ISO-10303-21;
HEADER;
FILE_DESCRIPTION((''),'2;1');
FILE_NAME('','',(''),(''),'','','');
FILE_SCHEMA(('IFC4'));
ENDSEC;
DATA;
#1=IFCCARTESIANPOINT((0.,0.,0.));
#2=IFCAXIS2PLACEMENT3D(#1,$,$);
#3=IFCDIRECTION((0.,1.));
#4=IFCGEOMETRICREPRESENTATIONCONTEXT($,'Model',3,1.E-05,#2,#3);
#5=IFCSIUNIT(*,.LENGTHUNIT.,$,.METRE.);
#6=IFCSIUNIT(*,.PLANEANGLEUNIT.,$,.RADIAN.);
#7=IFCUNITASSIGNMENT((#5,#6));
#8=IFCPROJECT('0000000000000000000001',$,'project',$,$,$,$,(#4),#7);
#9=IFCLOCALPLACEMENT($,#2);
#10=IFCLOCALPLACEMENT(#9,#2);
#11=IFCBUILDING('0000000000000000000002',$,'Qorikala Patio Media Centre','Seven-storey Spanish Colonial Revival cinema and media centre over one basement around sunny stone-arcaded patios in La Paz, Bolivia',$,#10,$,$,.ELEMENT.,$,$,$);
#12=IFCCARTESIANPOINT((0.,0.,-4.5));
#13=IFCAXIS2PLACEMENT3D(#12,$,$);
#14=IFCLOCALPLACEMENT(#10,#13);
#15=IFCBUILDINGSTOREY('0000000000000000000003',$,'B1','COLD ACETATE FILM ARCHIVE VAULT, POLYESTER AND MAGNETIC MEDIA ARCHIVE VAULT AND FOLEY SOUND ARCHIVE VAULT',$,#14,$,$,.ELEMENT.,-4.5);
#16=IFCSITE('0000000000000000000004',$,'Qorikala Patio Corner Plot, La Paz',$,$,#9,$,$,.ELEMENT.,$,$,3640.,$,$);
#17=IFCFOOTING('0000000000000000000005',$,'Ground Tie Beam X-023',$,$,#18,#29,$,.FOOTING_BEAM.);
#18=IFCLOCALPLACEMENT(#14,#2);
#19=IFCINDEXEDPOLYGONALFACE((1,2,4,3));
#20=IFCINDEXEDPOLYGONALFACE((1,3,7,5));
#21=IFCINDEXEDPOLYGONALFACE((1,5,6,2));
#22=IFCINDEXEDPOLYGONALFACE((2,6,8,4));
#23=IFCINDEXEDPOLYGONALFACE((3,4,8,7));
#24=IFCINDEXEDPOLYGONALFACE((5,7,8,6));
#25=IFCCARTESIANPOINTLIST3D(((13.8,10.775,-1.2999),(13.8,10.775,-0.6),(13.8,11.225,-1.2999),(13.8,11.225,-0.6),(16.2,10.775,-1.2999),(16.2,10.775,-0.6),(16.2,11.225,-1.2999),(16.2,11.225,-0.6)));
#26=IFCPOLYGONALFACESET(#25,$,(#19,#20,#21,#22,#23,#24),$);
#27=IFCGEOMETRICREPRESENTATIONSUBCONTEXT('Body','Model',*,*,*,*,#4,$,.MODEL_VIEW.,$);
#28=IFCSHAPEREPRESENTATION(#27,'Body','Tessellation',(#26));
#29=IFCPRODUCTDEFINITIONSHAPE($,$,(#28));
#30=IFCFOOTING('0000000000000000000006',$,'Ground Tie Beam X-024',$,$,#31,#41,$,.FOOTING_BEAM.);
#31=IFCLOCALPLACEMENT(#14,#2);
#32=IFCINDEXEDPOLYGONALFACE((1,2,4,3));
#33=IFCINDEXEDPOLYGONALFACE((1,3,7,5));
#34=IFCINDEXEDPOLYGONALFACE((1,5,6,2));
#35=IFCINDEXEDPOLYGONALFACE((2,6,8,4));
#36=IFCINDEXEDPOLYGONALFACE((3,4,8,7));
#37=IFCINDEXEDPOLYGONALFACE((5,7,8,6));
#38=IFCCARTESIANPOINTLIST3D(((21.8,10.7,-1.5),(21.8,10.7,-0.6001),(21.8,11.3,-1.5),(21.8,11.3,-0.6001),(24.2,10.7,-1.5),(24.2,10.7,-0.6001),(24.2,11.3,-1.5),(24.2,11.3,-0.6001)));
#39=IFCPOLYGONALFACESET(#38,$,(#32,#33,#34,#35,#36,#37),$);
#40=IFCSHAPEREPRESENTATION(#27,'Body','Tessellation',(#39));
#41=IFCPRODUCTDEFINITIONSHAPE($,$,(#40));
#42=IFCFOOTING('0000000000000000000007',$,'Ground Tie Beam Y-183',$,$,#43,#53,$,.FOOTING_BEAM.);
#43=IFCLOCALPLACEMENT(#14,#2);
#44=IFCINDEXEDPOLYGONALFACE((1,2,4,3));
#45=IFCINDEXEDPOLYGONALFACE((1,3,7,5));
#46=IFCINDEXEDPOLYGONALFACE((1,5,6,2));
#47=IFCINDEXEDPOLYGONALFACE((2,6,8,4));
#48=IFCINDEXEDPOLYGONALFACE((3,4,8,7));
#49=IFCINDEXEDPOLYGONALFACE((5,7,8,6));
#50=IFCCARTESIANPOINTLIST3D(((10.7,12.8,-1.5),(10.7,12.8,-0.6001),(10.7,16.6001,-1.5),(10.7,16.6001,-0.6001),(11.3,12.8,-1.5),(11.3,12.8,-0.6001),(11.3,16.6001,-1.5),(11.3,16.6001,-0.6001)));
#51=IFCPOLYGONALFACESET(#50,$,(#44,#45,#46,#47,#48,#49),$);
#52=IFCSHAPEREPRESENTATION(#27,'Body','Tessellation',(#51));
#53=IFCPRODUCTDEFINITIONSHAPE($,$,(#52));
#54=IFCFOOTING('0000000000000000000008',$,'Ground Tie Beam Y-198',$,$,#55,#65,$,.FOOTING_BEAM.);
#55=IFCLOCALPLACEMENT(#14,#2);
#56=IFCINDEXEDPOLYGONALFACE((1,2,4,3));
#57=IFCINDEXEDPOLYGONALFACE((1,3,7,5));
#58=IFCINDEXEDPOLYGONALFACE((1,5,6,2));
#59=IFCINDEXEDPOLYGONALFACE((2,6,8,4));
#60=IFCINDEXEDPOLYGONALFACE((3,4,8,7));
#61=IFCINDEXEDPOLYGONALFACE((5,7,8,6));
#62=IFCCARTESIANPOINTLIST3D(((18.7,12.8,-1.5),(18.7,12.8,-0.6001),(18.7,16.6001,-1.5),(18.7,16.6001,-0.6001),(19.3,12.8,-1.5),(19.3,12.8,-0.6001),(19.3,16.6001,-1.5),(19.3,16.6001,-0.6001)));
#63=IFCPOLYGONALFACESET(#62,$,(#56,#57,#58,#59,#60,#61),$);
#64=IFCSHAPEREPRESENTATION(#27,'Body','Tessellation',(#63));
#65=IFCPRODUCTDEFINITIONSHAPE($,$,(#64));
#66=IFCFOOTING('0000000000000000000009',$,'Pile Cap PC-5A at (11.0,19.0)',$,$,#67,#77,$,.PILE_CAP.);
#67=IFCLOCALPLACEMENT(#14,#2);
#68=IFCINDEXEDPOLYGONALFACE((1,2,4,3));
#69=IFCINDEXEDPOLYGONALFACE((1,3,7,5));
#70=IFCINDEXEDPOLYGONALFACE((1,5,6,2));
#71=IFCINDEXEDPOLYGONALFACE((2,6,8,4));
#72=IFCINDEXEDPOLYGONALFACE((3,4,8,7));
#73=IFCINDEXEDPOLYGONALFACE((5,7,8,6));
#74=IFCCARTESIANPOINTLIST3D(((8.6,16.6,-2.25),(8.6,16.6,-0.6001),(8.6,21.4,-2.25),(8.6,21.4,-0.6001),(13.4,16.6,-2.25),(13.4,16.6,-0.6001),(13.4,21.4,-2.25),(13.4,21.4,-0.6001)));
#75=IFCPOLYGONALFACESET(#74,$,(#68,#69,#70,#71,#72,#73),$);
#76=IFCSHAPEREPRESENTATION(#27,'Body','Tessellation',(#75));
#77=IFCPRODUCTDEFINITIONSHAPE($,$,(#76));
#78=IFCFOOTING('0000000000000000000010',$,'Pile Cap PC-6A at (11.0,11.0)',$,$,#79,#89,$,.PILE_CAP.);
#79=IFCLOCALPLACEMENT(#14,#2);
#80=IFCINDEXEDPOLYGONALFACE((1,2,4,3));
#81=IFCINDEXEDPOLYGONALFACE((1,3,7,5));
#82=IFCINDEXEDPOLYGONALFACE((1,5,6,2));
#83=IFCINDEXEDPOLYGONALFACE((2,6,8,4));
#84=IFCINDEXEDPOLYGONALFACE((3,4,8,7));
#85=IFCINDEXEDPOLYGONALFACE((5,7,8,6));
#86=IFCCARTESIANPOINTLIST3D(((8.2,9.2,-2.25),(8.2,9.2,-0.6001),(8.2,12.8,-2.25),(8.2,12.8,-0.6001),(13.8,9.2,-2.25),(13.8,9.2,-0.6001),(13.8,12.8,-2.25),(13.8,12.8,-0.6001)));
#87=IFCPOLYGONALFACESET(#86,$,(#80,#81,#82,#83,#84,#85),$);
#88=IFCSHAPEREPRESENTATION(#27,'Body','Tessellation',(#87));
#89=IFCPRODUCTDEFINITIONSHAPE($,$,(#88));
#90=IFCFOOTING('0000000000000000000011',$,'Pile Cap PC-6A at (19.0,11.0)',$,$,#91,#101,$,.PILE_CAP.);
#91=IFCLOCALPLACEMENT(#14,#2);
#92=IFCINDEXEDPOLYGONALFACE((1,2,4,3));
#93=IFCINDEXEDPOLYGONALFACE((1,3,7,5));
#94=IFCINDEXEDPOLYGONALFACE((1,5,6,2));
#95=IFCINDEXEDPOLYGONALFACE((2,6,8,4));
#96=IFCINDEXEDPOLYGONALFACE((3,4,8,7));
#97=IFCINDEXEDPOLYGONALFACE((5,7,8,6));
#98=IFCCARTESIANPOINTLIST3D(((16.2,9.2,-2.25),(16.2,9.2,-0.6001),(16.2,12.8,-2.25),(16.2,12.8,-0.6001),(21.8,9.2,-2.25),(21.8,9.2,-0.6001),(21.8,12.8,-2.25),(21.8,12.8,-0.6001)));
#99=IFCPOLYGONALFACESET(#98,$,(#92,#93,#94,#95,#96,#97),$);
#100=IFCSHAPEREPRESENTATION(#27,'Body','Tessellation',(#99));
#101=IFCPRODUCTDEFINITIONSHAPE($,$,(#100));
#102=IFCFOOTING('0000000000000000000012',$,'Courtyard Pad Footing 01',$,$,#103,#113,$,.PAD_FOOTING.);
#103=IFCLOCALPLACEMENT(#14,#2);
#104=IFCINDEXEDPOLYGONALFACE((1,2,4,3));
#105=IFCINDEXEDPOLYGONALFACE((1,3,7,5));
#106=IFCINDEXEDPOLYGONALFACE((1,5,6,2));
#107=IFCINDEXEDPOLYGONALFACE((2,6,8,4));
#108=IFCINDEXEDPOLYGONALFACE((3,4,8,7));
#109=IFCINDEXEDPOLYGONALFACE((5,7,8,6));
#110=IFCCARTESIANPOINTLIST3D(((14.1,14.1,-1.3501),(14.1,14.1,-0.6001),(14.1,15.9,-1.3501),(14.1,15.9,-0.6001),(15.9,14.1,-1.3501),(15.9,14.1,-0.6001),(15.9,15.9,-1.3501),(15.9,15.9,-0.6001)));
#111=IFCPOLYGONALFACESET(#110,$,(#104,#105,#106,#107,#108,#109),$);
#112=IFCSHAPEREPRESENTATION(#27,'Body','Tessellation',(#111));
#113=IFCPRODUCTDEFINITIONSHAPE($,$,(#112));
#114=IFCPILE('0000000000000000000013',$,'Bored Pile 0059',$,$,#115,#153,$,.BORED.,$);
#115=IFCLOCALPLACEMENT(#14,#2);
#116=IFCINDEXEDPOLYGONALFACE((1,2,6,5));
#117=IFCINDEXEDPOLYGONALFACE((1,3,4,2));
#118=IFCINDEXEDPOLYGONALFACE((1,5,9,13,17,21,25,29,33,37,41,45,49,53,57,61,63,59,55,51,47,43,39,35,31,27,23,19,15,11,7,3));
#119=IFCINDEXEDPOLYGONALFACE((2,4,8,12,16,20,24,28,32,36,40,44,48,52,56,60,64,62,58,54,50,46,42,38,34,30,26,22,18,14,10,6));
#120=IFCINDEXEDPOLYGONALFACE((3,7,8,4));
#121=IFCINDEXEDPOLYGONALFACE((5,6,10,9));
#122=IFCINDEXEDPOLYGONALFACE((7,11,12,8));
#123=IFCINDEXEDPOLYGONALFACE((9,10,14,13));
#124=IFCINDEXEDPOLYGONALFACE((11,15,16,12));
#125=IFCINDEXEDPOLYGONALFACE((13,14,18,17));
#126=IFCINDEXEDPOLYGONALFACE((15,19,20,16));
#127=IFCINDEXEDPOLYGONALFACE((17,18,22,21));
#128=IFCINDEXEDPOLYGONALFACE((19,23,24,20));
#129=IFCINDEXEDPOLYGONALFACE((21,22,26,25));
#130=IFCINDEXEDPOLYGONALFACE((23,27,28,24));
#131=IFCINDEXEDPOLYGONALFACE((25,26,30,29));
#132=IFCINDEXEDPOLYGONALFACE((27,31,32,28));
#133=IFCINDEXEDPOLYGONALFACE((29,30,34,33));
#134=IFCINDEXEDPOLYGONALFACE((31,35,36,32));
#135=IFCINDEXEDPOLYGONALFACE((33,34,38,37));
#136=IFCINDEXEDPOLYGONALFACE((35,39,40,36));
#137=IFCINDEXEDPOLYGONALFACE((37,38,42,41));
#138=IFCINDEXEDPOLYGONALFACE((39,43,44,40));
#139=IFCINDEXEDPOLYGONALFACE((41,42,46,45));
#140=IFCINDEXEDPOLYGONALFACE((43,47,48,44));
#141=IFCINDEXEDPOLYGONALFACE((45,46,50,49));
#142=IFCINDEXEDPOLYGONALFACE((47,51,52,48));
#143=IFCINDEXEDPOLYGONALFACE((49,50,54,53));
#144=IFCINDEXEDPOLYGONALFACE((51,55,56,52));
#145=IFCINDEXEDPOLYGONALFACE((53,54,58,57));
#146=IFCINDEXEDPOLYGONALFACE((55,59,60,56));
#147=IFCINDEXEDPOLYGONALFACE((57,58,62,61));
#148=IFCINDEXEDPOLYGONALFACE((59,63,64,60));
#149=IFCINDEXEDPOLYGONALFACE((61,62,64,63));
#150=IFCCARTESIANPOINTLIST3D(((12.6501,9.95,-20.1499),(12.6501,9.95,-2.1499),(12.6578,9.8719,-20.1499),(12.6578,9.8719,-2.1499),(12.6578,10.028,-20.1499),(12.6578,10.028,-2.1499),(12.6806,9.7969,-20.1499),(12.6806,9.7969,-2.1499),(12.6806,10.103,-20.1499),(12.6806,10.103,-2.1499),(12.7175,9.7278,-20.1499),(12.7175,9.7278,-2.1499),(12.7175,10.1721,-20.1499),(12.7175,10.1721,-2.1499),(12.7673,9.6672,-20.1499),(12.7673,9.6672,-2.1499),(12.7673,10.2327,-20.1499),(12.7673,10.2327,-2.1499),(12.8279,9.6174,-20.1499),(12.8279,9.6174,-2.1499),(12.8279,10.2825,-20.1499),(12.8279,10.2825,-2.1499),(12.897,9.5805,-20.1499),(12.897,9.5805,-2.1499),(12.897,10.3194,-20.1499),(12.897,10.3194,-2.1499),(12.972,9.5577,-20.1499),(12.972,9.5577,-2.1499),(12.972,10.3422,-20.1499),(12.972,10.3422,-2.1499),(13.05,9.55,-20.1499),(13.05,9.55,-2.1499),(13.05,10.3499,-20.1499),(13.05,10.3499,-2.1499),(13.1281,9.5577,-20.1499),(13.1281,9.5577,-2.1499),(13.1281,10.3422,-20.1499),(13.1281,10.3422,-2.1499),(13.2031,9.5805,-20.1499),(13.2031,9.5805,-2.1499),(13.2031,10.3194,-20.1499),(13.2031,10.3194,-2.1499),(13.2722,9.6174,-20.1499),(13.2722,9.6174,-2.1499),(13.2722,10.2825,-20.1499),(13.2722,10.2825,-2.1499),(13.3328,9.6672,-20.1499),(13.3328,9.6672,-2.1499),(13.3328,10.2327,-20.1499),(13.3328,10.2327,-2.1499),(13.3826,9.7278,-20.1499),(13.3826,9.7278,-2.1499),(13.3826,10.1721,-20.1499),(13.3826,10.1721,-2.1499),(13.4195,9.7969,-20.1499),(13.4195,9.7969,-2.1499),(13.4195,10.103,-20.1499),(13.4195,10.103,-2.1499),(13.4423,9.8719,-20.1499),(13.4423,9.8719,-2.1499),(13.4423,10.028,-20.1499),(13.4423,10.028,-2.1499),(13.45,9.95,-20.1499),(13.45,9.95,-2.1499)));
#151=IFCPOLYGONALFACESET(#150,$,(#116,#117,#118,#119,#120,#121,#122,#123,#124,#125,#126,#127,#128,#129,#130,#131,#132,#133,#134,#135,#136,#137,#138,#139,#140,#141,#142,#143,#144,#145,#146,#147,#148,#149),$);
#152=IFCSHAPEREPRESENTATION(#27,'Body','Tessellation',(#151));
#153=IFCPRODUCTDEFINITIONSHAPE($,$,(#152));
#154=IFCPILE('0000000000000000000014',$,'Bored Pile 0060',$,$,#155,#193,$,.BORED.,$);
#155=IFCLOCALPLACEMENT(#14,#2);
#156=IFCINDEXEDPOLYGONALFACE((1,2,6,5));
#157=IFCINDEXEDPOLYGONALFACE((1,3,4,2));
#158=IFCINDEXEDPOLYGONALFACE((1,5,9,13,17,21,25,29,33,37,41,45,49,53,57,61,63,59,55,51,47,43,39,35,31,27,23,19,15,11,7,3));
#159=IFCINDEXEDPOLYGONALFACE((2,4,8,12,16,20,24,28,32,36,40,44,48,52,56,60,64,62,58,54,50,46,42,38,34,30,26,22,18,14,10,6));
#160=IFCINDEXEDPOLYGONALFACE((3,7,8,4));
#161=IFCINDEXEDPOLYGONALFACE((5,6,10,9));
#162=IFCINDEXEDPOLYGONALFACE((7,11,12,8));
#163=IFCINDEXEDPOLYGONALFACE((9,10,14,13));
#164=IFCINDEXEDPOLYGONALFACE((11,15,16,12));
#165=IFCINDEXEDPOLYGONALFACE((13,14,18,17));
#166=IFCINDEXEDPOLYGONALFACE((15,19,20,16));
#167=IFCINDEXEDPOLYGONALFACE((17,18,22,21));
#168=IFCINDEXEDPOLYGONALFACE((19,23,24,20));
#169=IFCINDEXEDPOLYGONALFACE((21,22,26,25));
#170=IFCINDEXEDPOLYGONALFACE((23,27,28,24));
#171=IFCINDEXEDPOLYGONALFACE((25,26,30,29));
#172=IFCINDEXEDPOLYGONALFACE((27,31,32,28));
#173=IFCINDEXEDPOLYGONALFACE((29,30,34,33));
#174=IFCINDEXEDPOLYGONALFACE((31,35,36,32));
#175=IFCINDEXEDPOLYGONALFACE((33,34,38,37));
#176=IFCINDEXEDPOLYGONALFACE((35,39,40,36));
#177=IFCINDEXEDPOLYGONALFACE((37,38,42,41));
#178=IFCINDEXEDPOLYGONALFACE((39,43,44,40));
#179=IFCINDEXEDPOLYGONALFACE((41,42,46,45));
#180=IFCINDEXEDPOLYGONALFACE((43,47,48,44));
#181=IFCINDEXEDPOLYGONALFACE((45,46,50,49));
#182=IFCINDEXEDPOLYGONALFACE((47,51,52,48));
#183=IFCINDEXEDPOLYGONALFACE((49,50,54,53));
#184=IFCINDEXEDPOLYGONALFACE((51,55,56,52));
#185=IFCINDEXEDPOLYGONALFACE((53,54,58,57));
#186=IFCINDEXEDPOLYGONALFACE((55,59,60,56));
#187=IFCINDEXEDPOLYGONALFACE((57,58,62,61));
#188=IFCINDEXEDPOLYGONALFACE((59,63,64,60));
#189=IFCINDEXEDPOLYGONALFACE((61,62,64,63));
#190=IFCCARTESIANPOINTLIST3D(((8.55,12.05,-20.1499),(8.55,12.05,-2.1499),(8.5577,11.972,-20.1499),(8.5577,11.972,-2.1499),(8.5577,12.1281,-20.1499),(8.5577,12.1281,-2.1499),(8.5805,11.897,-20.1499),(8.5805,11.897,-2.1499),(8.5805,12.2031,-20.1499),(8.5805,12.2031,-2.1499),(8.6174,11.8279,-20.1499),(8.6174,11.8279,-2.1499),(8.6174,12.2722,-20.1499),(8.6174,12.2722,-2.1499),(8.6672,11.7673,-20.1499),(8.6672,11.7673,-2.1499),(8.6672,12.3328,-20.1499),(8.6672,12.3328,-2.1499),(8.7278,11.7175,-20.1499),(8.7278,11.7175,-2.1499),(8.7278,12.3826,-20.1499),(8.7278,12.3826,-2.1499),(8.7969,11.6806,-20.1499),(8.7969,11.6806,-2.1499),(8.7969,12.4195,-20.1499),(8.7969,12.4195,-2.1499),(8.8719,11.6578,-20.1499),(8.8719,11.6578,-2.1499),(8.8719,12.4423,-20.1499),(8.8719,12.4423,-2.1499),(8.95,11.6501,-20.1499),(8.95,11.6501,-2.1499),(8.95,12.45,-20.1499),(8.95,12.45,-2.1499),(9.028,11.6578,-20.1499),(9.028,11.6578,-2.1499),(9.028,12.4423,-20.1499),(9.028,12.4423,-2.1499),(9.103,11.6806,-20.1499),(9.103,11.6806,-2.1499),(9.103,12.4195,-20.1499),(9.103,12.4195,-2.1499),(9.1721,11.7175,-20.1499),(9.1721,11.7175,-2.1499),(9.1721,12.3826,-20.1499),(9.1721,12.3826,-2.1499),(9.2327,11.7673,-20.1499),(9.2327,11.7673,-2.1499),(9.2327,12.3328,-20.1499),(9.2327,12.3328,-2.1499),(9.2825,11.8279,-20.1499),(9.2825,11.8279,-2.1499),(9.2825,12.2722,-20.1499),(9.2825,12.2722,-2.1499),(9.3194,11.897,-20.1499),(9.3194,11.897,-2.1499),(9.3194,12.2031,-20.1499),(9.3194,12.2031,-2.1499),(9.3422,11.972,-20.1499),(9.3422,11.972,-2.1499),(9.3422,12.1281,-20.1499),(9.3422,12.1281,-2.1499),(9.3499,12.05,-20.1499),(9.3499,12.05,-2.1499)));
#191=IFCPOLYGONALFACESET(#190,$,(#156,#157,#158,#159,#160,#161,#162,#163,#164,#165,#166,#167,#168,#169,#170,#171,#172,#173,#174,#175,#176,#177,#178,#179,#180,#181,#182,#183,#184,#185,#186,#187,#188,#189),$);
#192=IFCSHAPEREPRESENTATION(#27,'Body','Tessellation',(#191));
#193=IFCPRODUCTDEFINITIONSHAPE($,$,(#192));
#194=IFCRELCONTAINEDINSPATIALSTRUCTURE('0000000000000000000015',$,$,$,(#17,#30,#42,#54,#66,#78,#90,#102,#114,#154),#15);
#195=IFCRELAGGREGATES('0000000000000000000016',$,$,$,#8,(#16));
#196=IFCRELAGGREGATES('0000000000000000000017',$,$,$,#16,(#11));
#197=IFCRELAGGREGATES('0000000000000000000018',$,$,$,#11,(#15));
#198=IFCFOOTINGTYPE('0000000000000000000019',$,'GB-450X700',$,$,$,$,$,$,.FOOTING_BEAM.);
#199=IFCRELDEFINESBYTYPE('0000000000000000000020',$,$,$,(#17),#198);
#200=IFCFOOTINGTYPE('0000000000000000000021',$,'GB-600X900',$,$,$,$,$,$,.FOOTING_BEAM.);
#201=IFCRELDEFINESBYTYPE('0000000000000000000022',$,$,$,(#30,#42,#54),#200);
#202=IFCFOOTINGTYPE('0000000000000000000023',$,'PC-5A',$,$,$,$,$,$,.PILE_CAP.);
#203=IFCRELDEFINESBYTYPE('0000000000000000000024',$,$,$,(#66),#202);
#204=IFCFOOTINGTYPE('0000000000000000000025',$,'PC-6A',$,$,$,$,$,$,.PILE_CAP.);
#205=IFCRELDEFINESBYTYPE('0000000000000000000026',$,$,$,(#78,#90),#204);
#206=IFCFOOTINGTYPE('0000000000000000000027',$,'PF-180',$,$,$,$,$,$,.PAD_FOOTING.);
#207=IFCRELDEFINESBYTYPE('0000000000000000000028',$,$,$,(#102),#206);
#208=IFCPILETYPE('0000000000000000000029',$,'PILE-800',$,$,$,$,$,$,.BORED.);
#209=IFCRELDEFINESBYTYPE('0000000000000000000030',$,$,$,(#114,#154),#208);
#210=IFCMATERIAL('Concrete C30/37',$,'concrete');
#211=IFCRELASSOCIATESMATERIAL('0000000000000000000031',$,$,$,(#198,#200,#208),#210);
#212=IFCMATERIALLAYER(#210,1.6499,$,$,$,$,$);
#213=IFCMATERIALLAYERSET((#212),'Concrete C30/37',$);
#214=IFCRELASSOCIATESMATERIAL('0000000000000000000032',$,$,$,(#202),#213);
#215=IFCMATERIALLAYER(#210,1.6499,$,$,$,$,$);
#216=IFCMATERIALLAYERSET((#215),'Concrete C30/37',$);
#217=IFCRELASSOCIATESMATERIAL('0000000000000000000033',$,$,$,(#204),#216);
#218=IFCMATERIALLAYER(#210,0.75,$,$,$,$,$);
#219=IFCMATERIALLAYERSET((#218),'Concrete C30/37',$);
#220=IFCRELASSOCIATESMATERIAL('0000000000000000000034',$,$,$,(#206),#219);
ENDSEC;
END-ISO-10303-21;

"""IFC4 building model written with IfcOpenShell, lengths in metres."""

from ifc_helpers import new_model, si_unit, direction, frame, origin, origin_2d, place, context, subcontext, project, spatial, rectangle, circle, extrude, material, layer, layer_set, material_profile, profile_set, type_object, element, save


model = new_model("IFC4")

# Units and contexts
model_context = context("Model", 3, precision=1e-05, world=origin(), true_north=direction((0.0, 1.0)))
body_context = subcontext(model_context, "Body", "Model", "MODEL_VIEW")
ifc_project = project(units=[si_unit("LENGTHUNIT", "METRE"), si_unit("PLANEANGLEUNIT", "RADIAN")], contexts=[model_context])

# Site, building, storey
site_placement = place(None, origin())
site = spatial("IfcSite", under=ifc_project, at=site_placement, Name="Qorikala Patio Corner Plot, La Paz", CompositionType="ELEMENT", RefElevation=3640.0)
building_placement = place(site_placement, origin())
building = spatial("IfcBuilding", under=site, at=building_placement, Name="Qorikala Patio Media Centre", Description="Seven-storey Spanish Colonial Revival cinema and media centre over one basement around sunny stone-arcaded patios in La Paz, Bolivia", CompositionType="ELEMENT")
storey_placement = place(building_placement, frame((0.0, 0.0, -4.5)))
storey = spatial("IfcBuildingStorey", under=building, at=storey_placement, Name="B1", Description="COLD ACETATE FILM ARCHIVE VAULT, POLYESTER AND MAGNETIC MEDIA ARCHIVE VAULT AND FOLEY SOUND ARCHIVE VAULT", CompositionType="ELEMENT", Elevation=-4.5)

# Footings
ifc_material_1 = material(Name="Concrete C30/37", Category="concrete")
ifc_material_profile_1 = material_profile(ifc_material_1, rectangle(XDim=0.45, YDim=0.7, at=origin_2d()), Name="RC 450x700")
ifc_profile_set_1 = profile_set([ifc_material_profile_1], Name="Concrete C30/37")
footing_type_1 = type_object("IfcFootingType", Name="GB-450X700", PredefinedType="FOOTING_BEAM", material=ifc_profile_set_1)
footing_1_placement = place(storey_placement, frame((13.8, 11.0, -0.95), z_axis=(1.0, 0.0, 0.0), x_axis=(0.0, 1.0, 0.0)))
element("IfcFooting", 1, at=footing_1_placement, inside=storey, type_object=footing_type_1, Name="Ground Tie Beam X-023", PredefinedType="FOOTING_BEAM", context=body_context, shape_type="SweptSolid", body=[
    extrude(rectangle(XDim=0.45, YDim=0.7, at=origin_2d()), origin(), (0.0, 0.0, 1.0), 2.3999),
])
ifc_material_profile_2 = material_profile(ifc_material_1, rectangle(XDim=0.6001, YDim=0.8999, at=origin_2d()), Name="RC 600x900")
ifc_profile_set_2 = profile_set([ifc_material_profile_2], Name="Concrete C30/37")
footing_type_2 = type_object("IfcFootingType", Name="GB-600X900", PredefinedType="FOOTING_BEAM", material=ifc_profile_set_2)
footing_2_placement = place(storey_placement, frame((21.8, 11.0, -1.05), z_axis=(1.0, 0.0, 0.0), x_axis=(0.0, 1.0, 0.0)))
element("IfcFooting", 2, at=footing_2_placement, inside=storey, type_object=footing_type_2, Name="Ground Tie Beam X-024", PredefinedType="FOOTING_BEAM", context=body_context, shape_type="SweptSolid", body=[
    extrude(rectangle(XDim=0.6001, YDim=0.8999, at=origin_2d()), origin(), (0.0, 0.0, 1.0), 2.3999),
])
for number, where, z_axis, x_axis, name in (
    (3, (11.0, 12.8, -1.05), (0.0, 1.0, 0.0), (-1.0, 0.0, 0.0), "Ground Tie Beam Y-183"),
    (4, (19.0, 12.8, -1.05), (0.0, 1.0, 0.0), (-1.0, 0.0, 0.0), "Ground Tie Beam Y-198"),
):
    element("IfcFooting", number, at=place(storey_placement, frame(where, z_axis=z_axis, x_axis=x_axis)), inside=storey, type_object=footing_type_2, Name=name, PredefinedType="FOOTING_BEAM", context=body_context, shape_type="SweptSolid", body=[
        extrude(rectangle(XDim=0.6001, YDim=0.8999, at=origin_2d()), origin(), (0.0, 0.0, 1.0), 3.8),
    ])
ifc_layer_1 = layer(ifc_material_1, 1.6499)
ifc_layer_set_1 = layer_set([ifc_layer_1], Name="Concrete C30/37")
footing_type_3 = type_object("IfcFootingType", Name="PC-5A", PredefinedType="PILE_CAP", material=ifc_layer_set_1)
footing_3_placement = place(storey_placement, frame((11.0, 19.0, -2.25), z_axis=(0.0, 0.0, 1.0), x_axis=(1.0, 0.0, 0.0)))
element("IfcFooting", 5, at=footing_3_placement, inside=storey, type_object=footing_type_3, Name="Pile Cap PC-5A at (11.0,19.0)", PredefinedType="PILE_CAP", context=body_context, shape_type="SweptSolid", body=[
    extrude(rectangle(XDim=4.8, YDim=4.8, at=origin_2d()), origin(), (0.0, 0.0, 1.0), 1.6499),
])
ifc_layer_2 = layer(ifc_material_1, 1.6499)
ifc_layer_set_2 = layer_set([ifc_layer_2], Name="Concrete C30/37")
footing_type_4 = type_object("IfcFootingType", Name="PC-6A", PredefinedType="PILE_CAP", material=ifc_layer_set_2)
for number, where, z_axis, x_axis, name in (
    (6, (11.0, 11.0, -2.25), (0.0, 0.0, 1.0), (1.0, 0.0, 0.0), "Pile Cap PC-6A at (11.0,11.0)"),
    (7, (19.0, 11.0, -2.25), (0.0, 0.0, 1.0), (1.0, 0.0, 0.0), "Pile Cap PC-6A at (19.0,11.0)"),
):
    element("IfcFooting", number, at=place(storey_placement, frame(where, z_axis=z_axis, x_axis=x_axis)), inside=storey, type_object=footing_type_4, Name=name, PredefinedType="PILE_CAP", context=body_context, shape_type="SweptSolid", body=[
        extrude(rectangle(XDim=5.6001, YDim=3.6001, at=origin_2d()), origin(), (0.0, 0.0, 1.0), 1.6499),
    ])
ifc_layer_3 = layer(ifc_material_1, 0.75)
ifc_layer_set_3 = layer_set([ifc_layer_3], Name="Concrete C30/37")
footing_type_5 = type_object("IfcFootingType", Name="PF-180", PredefinedType="PAD_FOOTING", material=ifc_layer_set_3)
footing_4_placement = place(storey_placement, frame((15.0, 15.0, -1.3501), z_axis=(0.0, 0.0, 1.0), x_axis=(1.0, 0.0, 0.0)))
element("IfcFooting", 8, at=footing_4_placement, inside=storey, type_object=footing_type_5, Name="Courtyard Pad Footing 01", PredefinedType="PAD_FOOTING", context=body_context, shape_type="SweptSolid", body=[
    extrude(rectangle(XDim=1.8, YDim=1.8, at=origin_2d()), origin(), (0.0, 0.0, 1.0), 0.75),
])

# Piles
ifc_material_profile_3 = material_profile(ifc_material_1, circle(Radius=0.3999, at=origin_2d()), Name="BORED PILE 800")
ifc_profile_set_3 = profile_set([ifc_material_profile_3], Name="Concrete C30/37")
pile_type = type_object("IfcPileType", Name="PILE-800", PredefinedType="BORED", material=ifc_profile_set_3)
for number, where, z_axis, x_axis, name in (
    (9, (13.05, 9.95, -2.1499), (0.0, 0.0, -1.0), (1.0, 0.0, 0.0), "Bored Pile 0059"),
    (10, (8.95, 12.05, -2.1499), (0.0, 0.0, -1.0), (1.0, 0.0, 0.0), "Bored Pile 0060"),
):
    element("IfcPile", number, at=place(storey_placement, frame(where, z_axis=z_axis, x_axis=x_axis)), inside=storey, type_object=pile_type, Name=name, PredefinedType="BORED", context=body_context, shape_type="SweptSolid", body=[
        extrude(circle(Radius=0.3999, at=origin_2d()), origin(), (0.0, 0.0, 1.0), 18.0),
    ])

save(model, "model.ifc")
